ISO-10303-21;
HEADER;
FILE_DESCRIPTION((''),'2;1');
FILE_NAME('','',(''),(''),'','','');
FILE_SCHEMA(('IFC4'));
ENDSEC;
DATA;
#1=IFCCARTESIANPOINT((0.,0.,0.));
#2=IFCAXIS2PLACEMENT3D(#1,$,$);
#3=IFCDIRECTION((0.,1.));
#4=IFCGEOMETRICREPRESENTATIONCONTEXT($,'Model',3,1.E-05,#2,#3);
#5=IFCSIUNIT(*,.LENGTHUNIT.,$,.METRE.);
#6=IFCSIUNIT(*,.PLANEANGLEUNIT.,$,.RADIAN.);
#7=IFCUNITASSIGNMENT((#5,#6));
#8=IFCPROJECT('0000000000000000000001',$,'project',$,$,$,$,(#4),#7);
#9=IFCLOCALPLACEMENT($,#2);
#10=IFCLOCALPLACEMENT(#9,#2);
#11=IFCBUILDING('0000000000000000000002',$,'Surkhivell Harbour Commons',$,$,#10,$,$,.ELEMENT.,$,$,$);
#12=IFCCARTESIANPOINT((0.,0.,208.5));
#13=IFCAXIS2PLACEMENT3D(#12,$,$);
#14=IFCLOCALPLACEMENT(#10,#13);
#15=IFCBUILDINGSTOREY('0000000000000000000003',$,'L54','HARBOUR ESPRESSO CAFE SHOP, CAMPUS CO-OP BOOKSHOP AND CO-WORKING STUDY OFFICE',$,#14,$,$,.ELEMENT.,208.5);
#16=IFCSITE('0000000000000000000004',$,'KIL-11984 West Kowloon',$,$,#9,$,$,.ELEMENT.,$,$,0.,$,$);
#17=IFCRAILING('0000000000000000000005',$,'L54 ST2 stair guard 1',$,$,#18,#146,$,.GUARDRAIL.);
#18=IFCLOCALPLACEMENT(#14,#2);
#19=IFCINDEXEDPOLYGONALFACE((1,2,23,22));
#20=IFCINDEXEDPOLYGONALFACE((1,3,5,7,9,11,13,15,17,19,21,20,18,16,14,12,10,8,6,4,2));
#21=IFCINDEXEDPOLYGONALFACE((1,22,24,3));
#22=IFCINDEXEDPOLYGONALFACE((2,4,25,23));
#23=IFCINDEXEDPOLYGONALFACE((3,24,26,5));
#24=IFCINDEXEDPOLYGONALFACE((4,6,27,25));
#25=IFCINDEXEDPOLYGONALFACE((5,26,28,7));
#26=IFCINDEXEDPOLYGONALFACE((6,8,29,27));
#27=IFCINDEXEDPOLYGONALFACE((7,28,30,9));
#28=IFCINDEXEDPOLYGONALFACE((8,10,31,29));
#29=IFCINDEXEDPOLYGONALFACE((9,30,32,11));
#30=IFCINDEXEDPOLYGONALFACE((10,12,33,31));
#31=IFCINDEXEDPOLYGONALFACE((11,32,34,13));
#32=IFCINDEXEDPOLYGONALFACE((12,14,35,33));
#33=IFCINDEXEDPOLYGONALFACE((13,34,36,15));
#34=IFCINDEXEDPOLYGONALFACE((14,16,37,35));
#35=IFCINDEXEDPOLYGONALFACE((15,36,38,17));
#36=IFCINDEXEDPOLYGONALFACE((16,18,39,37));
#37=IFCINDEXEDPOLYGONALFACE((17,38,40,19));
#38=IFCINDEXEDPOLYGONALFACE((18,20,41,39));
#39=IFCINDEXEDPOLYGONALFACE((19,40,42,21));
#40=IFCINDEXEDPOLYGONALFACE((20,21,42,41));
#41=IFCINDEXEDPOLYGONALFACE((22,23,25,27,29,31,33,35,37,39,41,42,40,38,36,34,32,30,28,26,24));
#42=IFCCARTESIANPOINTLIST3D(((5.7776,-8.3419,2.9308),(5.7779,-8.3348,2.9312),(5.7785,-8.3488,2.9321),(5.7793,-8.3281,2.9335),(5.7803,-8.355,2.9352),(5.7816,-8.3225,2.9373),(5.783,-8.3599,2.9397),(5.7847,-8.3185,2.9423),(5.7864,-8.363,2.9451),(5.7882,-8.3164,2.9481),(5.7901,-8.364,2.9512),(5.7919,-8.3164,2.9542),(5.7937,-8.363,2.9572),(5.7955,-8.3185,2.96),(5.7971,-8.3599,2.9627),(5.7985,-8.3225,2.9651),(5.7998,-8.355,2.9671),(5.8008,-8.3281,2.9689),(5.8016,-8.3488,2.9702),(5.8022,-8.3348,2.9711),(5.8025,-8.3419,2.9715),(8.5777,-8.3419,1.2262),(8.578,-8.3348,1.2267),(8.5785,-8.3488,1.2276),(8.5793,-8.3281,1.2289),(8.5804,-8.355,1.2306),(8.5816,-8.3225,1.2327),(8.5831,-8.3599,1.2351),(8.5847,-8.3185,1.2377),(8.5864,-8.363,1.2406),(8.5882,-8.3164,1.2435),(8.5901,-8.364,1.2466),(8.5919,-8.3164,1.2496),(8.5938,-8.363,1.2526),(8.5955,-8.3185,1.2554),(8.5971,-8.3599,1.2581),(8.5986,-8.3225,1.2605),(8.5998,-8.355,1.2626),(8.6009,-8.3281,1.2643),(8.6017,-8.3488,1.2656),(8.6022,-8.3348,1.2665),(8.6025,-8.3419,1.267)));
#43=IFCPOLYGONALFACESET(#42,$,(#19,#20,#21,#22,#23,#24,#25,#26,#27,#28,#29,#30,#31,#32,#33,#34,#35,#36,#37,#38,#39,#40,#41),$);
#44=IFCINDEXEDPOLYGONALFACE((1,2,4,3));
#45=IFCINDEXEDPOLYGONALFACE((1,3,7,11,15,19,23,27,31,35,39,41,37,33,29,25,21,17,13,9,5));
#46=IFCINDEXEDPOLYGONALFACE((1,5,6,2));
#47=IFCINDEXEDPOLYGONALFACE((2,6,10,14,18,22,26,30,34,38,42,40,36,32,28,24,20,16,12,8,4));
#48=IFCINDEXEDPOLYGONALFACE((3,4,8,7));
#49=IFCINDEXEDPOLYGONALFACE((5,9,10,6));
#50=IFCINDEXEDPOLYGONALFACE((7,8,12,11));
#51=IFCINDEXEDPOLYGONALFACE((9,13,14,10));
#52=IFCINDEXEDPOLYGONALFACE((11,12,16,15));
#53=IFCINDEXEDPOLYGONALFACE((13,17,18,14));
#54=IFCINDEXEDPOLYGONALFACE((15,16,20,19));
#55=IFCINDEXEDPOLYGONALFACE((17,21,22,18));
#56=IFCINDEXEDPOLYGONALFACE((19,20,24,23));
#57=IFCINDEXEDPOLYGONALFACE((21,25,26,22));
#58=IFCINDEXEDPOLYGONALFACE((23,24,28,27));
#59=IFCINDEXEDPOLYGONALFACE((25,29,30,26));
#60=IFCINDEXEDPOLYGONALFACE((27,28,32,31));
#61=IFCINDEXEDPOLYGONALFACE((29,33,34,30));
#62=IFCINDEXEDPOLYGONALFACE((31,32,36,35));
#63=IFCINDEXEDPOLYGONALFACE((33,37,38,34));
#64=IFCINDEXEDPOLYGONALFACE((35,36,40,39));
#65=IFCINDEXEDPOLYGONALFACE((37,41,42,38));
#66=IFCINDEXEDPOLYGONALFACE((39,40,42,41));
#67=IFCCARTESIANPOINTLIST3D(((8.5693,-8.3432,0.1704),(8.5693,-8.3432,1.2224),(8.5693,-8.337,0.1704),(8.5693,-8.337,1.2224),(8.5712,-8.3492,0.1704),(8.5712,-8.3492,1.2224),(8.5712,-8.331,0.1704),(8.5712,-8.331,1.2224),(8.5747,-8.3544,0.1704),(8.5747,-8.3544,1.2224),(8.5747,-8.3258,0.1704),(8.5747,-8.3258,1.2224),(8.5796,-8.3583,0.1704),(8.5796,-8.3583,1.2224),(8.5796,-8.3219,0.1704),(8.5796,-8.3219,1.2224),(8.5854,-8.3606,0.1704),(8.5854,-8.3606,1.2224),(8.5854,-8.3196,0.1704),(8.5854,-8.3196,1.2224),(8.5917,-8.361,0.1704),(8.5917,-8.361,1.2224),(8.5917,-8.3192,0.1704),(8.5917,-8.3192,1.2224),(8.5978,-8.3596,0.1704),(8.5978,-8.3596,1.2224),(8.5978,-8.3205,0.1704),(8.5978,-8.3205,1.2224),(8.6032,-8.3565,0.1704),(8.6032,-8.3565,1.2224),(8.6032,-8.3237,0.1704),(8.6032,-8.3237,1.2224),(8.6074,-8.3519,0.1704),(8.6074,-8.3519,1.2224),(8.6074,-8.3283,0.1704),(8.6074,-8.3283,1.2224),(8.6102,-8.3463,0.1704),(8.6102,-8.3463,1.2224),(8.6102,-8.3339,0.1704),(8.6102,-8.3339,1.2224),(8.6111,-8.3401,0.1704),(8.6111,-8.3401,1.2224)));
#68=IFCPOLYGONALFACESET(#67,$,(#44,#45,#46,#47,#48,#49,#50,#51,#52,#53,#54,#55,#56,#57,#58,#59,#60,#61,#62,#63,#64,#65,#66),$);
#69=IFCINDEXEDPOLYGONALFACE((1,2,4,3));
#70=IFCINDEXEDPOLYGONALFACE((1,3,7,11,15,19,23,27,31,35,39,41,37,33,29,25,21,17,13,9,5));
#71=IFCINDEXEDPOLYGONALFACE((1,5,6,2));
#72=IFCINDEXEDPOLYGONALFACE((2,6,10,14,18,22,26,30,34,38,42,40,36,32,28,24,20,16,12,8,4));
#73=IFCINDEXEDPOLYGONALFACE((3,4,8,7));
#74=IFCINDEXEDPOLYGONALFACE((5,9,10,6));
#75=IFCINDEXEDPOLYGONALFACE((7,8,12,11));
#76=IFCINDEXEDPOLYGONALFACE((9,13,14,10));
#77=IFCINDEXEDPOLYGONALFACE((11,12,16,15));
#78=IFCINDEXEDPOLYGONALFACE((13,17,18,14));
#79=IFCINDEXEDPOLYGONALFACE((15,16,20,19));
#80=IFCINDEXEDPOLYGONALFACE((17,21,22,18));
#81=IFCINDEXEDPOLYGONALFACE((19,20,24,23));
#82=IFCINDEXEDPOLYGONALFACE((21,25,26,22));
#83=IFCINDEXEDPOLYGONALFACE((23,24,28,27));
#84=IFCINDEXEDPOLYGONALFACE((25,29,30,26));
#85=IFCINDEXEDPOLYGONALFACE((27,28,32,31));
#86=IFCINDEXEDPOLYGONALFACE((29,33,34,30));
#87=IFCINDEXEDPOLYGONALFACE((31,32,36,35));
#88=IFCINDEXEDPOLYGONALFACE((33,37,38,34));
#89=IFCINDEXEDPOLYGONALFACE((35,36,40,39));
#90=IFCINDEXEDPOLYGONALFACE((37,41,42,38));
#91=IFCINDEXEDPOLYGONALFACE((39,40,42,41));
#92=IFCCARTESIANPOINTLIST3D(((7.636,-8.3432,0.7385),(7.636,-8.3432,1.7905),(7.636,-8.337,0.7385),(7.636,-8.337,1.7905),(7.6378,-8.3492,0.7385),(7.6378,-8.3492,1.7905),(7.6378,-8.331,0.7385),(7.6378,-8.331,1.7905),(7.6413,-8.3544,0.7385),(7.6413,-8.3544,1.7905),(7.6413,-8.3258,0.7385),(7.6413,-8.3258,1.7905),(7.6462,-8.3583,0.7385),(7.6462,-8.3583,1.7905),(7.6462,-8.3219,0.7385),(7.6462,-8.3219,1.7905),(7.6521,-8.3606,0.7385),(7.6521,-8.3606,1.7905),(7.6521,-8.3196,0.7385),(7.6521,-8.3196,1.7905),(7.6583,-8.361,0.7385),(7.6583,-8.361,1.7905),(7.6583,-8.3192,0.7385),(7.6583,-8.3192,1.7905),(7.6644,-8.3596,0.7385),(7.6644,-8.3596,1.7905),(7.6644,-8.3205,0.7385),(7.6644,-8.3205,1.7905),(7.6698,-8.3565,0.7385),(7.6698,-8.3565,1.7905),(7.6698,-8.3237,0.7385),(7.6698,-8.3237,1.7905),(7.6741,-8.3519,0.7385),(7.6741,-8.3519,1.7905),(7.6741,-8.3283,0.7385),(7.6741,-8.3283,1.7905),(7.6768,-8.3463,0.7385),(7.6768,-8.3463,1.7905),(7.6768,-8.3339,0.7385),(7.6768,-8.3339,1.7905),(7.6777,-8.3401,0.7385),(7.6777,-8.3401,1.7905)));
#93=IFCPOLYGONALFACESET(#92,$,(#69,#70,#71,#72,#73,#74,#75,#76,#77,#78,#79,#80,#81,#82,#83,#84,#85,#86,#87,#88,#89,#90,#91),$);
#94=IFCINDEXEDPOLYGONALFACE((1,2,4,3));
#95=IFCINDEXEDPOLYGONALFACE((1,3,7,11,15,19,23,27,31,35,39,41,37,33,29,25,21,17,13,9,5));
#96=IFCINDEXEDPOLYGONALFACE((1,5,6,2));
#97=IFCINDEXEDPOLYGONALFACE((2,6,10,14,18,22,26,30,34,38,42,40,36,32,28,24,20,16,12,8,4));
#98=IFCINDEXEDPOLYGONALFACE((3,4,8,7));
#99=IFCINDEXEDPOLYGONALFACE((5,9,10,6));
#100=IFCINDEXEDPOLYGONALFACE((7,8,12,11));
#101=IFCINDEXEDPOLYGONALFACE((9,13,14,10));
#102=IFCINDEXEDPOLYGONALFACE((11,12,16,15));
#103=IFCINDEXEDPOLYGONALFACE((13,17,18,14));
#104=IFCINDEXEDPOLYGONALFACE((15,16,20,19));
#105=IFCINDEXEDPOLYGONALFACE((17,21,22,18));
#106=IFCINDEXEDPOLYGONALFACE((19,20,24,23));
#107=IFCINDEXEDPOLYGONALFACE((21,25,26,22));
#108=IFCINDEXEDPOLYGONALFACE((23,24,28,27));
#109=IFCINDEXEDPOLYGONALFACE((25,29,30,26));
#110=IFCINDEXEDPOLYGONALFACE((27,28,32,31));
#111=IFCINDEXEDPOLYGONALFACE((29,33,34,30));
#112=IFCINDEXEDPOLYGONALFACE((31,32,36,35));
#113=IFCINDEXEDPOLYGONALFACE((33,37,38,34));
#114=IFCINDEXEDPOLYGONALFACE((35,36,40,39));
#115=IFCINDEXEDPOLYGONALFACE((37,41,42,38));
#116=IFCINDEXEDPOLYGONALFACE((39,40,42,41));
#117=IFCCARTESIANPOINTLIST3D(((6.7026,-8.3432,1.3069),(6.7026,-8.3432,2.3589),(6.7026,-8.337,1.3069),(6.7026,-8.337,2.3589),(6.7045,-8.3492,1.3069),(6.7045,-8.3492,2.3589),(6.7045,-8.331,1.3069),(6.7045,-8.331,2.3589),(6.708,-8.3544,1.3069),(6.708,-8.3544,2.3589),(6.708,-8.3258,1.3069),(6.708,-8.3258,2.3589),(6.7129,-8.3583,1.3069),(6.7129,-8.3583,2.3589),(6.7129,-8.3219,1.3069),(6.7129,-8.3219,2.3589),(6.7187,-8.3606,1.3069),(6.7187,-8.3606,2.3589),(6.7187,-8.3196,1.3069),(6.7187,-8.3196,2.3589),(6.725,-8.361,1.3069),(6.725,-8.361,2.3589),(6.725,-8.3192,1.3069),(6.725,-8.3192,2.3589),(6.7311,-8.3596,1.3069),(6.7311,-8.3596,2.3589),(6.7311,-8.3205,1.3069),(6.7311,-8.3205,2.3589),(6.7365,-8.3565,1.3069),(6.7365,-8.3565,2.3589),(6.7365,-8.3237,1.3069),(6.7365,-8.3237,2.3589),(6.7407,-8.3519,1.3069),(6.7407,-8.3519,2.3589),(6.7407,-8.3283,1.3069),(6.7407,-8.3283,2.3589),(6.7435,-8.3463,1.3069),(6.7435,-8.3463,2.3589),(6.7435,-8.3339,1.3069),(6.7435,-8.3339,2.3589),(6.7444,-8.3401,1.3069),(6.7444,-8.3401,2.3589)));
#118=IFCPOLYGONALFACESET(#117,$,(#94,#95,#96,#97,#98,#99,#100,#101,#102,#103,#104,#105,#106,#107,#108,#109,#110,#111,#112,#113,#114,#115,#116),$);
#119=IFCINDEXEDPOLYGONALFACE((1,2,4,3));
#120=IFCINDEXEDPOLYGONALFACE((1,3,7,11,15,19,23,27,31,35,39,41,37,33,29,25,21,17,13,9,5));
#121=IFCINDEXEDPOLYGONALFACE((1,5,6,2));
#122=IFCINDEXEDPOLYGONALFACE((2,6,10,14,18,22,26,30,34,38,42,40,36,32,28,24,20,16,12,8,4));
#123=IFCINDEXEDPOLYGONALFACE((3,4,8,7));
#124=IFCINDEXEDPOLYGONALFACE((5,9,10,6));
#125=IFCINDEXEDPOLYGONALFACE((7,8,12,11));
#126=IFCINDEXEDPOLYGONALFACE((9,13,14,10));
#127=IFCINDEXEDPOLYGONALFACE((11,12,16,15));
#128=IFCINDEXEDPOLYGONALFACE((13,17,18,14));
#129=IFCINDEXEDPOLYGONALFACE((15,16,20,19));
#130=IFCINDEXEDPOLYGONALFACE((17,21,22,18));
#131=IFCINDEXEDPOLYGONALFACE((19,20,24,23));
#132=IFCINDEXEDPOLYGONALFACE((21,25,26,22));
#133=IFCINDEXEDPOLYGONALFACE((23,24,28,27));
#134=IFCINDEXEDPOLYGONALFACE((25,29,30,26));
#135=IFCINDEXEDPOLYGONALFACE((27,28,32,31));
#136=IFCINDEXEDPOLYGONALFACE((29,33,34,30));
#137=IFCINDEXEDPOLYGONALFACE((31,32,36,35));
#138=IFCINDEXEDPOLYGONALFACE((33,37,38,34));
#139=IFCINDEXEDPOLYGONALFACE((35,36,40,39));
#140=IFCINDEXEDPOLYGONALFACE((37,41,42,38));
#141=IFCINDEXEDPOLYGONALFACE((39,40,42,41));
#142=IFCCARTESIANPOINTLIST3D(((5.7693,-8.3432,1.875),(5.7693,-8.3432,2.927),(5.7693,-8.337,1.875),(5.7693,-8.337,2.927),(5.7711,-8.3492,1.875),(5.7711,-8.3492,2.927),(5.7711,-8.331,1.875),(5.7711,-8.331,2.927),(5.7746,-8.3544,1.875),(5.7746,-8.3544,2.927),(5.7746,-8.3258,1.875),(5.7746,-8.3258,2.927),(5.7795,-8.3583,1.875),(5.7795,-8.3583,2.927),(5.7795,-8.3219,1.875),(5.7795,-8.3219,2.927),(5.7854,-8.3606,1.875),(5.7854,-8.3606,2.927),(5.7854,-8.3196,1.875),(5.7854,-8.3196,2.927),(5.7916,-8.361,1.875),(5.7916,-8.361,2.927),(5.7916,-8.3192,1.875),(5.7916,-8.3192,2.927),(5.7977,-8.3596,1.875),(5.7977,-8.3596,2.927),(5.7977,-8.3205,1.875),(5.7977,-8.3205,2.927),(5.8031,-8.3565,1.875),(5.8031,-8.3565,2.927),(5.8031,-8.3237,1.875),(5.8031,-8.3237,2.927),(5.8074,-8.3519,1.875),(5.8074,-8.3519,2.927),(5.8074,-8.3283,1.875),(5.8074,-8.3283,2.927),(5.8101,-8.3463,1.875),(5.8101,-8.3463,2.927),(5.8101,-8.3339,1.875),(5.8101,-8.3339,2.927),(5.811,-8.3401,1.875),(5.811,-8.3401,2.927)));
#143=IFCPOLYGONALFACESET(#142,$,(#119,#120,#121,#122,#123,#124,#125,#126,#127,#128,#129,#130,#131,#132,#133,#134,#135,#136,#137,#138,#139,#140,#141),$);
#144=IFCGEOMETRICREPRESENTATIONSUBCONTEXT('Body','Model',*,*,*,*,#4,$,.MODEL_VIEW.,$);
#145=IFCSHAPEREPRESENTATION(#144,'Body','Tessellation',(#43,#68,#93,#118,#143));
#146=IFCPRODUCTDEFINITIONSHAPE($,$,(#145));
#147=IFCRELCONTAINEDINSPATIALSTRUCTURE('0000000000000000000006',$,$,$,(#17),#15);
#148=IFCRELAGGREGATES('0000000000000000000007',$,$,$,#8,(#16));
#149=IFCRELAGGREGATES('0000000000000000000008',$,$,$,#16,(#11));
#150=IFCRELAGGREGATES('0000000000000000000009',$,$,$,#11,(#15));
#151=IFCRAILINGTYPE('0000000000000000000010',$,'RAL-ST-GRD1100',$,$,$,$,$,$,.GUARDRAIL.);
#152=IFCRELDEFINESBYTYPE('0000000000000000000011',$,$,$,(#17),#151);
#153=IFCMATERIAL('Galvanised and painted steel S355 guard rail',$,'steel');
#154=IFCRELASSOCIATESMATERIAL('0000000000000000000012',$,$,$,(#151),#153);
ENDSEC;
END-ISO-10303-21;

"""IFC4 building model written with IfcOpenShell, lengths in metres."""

from ifc_helpers import new_model, si_unit, direction, frame, origin, origin_2d, place, context, subcontext, project, spatial, circle, extrude, material, type_object, element, save


model = new_model("IFC4")

# Units and contexts
model_context = context("Model", 3, precision=1e-05, world=origin(), true_north=direction((0.0, 1.0)))
body_context = subcontext(model_context, "Body", "Model", "MODEL_VIEW")
ifc_project = project(units=[si_unit("LENGTHUNIT", "METRE"), si_unit("PLANEANGLEUNIT", "RADIAN")], contexts=[model_context])

# Site, building, storey
site_placement = place(None, origin())
site = spatial("IfcSite", under=ifc_project, at=site_placement, Name="KIL-11984 West Kowloon", CompositionType="ELEMENT", RefElevation=0.0)
building_placement = place(site_placement, origin())
building = spatial("IfcBuilding", under=site, at=building_placement, Name="Surkhivell Harbour Commons", CompositionType="ELEMENT")
storey_placement = place(building_placement, frame((0.0, 0.0, 208.5)))
storey = spatial("IfcBuildingStorey", under=building, at=storey_placement, Name="L54", Description="HARBOUR ESPRESSO CAFE SHOP, CAMPUS CO-OP BOOKSHOP AND CO-WORKING STUDY OFFICE", CompositionType="ELEMENT", Elevation=208.5)

# Railing
ifc_material_1 = material(Name="Galvanised and painted steel S355 guard rail", Category="steel")
railing_type_1 = type_object("IfcRailingType", Name="RAL-ST-GRD1100", PredefinedType="GUARDRAIL", material=ifc_material_1)
railing_1_placement = place(storey_placement, frame((8.5901, -8.3401, 0.1704)))
element("IfcRailing", 1, at=railing_1_placement, inside=storey, type_object=railing_type_1, Name="L54 ST2 stair guard 1", PredefinedType="GUARDRAIL", context=body_context, shape_type="SweptSolid", body=[
    extrude(circle(Radius=0.0239, at=origin_2d()), frame((0.0, 0.0, 1.0762), z_axis=(-0.85417, 0.0, 0.519994), x_axis=(0.0, -1.0, 0.0)), (0.0, 0.0, 1.0), 3.2781),
    extrude(circle(Radius=0.021, at=origin_2d()), origin(), (0.0, 0.0, 1.0), 1.052),
    extrude(circle(Radius=0.021, at=origin_2d()), frame((-0.9333, 0.0, 0.5681)), (0.0, 0.0, 1.0), 1.052),
    extrude(circle(Radius=0.021, at=origin_2d()), frame((-1.8667, 0.0, 1.1365)), (0.0, 0.0, 1.0), 1.052),
    extrude(circle(Radius=0.021, at=origin_2d()), frame((-2.8, 0.0, 1.7046)), (0.0, 0.0, 1.0), 1.052),
])

save(model, "model.ifc")
